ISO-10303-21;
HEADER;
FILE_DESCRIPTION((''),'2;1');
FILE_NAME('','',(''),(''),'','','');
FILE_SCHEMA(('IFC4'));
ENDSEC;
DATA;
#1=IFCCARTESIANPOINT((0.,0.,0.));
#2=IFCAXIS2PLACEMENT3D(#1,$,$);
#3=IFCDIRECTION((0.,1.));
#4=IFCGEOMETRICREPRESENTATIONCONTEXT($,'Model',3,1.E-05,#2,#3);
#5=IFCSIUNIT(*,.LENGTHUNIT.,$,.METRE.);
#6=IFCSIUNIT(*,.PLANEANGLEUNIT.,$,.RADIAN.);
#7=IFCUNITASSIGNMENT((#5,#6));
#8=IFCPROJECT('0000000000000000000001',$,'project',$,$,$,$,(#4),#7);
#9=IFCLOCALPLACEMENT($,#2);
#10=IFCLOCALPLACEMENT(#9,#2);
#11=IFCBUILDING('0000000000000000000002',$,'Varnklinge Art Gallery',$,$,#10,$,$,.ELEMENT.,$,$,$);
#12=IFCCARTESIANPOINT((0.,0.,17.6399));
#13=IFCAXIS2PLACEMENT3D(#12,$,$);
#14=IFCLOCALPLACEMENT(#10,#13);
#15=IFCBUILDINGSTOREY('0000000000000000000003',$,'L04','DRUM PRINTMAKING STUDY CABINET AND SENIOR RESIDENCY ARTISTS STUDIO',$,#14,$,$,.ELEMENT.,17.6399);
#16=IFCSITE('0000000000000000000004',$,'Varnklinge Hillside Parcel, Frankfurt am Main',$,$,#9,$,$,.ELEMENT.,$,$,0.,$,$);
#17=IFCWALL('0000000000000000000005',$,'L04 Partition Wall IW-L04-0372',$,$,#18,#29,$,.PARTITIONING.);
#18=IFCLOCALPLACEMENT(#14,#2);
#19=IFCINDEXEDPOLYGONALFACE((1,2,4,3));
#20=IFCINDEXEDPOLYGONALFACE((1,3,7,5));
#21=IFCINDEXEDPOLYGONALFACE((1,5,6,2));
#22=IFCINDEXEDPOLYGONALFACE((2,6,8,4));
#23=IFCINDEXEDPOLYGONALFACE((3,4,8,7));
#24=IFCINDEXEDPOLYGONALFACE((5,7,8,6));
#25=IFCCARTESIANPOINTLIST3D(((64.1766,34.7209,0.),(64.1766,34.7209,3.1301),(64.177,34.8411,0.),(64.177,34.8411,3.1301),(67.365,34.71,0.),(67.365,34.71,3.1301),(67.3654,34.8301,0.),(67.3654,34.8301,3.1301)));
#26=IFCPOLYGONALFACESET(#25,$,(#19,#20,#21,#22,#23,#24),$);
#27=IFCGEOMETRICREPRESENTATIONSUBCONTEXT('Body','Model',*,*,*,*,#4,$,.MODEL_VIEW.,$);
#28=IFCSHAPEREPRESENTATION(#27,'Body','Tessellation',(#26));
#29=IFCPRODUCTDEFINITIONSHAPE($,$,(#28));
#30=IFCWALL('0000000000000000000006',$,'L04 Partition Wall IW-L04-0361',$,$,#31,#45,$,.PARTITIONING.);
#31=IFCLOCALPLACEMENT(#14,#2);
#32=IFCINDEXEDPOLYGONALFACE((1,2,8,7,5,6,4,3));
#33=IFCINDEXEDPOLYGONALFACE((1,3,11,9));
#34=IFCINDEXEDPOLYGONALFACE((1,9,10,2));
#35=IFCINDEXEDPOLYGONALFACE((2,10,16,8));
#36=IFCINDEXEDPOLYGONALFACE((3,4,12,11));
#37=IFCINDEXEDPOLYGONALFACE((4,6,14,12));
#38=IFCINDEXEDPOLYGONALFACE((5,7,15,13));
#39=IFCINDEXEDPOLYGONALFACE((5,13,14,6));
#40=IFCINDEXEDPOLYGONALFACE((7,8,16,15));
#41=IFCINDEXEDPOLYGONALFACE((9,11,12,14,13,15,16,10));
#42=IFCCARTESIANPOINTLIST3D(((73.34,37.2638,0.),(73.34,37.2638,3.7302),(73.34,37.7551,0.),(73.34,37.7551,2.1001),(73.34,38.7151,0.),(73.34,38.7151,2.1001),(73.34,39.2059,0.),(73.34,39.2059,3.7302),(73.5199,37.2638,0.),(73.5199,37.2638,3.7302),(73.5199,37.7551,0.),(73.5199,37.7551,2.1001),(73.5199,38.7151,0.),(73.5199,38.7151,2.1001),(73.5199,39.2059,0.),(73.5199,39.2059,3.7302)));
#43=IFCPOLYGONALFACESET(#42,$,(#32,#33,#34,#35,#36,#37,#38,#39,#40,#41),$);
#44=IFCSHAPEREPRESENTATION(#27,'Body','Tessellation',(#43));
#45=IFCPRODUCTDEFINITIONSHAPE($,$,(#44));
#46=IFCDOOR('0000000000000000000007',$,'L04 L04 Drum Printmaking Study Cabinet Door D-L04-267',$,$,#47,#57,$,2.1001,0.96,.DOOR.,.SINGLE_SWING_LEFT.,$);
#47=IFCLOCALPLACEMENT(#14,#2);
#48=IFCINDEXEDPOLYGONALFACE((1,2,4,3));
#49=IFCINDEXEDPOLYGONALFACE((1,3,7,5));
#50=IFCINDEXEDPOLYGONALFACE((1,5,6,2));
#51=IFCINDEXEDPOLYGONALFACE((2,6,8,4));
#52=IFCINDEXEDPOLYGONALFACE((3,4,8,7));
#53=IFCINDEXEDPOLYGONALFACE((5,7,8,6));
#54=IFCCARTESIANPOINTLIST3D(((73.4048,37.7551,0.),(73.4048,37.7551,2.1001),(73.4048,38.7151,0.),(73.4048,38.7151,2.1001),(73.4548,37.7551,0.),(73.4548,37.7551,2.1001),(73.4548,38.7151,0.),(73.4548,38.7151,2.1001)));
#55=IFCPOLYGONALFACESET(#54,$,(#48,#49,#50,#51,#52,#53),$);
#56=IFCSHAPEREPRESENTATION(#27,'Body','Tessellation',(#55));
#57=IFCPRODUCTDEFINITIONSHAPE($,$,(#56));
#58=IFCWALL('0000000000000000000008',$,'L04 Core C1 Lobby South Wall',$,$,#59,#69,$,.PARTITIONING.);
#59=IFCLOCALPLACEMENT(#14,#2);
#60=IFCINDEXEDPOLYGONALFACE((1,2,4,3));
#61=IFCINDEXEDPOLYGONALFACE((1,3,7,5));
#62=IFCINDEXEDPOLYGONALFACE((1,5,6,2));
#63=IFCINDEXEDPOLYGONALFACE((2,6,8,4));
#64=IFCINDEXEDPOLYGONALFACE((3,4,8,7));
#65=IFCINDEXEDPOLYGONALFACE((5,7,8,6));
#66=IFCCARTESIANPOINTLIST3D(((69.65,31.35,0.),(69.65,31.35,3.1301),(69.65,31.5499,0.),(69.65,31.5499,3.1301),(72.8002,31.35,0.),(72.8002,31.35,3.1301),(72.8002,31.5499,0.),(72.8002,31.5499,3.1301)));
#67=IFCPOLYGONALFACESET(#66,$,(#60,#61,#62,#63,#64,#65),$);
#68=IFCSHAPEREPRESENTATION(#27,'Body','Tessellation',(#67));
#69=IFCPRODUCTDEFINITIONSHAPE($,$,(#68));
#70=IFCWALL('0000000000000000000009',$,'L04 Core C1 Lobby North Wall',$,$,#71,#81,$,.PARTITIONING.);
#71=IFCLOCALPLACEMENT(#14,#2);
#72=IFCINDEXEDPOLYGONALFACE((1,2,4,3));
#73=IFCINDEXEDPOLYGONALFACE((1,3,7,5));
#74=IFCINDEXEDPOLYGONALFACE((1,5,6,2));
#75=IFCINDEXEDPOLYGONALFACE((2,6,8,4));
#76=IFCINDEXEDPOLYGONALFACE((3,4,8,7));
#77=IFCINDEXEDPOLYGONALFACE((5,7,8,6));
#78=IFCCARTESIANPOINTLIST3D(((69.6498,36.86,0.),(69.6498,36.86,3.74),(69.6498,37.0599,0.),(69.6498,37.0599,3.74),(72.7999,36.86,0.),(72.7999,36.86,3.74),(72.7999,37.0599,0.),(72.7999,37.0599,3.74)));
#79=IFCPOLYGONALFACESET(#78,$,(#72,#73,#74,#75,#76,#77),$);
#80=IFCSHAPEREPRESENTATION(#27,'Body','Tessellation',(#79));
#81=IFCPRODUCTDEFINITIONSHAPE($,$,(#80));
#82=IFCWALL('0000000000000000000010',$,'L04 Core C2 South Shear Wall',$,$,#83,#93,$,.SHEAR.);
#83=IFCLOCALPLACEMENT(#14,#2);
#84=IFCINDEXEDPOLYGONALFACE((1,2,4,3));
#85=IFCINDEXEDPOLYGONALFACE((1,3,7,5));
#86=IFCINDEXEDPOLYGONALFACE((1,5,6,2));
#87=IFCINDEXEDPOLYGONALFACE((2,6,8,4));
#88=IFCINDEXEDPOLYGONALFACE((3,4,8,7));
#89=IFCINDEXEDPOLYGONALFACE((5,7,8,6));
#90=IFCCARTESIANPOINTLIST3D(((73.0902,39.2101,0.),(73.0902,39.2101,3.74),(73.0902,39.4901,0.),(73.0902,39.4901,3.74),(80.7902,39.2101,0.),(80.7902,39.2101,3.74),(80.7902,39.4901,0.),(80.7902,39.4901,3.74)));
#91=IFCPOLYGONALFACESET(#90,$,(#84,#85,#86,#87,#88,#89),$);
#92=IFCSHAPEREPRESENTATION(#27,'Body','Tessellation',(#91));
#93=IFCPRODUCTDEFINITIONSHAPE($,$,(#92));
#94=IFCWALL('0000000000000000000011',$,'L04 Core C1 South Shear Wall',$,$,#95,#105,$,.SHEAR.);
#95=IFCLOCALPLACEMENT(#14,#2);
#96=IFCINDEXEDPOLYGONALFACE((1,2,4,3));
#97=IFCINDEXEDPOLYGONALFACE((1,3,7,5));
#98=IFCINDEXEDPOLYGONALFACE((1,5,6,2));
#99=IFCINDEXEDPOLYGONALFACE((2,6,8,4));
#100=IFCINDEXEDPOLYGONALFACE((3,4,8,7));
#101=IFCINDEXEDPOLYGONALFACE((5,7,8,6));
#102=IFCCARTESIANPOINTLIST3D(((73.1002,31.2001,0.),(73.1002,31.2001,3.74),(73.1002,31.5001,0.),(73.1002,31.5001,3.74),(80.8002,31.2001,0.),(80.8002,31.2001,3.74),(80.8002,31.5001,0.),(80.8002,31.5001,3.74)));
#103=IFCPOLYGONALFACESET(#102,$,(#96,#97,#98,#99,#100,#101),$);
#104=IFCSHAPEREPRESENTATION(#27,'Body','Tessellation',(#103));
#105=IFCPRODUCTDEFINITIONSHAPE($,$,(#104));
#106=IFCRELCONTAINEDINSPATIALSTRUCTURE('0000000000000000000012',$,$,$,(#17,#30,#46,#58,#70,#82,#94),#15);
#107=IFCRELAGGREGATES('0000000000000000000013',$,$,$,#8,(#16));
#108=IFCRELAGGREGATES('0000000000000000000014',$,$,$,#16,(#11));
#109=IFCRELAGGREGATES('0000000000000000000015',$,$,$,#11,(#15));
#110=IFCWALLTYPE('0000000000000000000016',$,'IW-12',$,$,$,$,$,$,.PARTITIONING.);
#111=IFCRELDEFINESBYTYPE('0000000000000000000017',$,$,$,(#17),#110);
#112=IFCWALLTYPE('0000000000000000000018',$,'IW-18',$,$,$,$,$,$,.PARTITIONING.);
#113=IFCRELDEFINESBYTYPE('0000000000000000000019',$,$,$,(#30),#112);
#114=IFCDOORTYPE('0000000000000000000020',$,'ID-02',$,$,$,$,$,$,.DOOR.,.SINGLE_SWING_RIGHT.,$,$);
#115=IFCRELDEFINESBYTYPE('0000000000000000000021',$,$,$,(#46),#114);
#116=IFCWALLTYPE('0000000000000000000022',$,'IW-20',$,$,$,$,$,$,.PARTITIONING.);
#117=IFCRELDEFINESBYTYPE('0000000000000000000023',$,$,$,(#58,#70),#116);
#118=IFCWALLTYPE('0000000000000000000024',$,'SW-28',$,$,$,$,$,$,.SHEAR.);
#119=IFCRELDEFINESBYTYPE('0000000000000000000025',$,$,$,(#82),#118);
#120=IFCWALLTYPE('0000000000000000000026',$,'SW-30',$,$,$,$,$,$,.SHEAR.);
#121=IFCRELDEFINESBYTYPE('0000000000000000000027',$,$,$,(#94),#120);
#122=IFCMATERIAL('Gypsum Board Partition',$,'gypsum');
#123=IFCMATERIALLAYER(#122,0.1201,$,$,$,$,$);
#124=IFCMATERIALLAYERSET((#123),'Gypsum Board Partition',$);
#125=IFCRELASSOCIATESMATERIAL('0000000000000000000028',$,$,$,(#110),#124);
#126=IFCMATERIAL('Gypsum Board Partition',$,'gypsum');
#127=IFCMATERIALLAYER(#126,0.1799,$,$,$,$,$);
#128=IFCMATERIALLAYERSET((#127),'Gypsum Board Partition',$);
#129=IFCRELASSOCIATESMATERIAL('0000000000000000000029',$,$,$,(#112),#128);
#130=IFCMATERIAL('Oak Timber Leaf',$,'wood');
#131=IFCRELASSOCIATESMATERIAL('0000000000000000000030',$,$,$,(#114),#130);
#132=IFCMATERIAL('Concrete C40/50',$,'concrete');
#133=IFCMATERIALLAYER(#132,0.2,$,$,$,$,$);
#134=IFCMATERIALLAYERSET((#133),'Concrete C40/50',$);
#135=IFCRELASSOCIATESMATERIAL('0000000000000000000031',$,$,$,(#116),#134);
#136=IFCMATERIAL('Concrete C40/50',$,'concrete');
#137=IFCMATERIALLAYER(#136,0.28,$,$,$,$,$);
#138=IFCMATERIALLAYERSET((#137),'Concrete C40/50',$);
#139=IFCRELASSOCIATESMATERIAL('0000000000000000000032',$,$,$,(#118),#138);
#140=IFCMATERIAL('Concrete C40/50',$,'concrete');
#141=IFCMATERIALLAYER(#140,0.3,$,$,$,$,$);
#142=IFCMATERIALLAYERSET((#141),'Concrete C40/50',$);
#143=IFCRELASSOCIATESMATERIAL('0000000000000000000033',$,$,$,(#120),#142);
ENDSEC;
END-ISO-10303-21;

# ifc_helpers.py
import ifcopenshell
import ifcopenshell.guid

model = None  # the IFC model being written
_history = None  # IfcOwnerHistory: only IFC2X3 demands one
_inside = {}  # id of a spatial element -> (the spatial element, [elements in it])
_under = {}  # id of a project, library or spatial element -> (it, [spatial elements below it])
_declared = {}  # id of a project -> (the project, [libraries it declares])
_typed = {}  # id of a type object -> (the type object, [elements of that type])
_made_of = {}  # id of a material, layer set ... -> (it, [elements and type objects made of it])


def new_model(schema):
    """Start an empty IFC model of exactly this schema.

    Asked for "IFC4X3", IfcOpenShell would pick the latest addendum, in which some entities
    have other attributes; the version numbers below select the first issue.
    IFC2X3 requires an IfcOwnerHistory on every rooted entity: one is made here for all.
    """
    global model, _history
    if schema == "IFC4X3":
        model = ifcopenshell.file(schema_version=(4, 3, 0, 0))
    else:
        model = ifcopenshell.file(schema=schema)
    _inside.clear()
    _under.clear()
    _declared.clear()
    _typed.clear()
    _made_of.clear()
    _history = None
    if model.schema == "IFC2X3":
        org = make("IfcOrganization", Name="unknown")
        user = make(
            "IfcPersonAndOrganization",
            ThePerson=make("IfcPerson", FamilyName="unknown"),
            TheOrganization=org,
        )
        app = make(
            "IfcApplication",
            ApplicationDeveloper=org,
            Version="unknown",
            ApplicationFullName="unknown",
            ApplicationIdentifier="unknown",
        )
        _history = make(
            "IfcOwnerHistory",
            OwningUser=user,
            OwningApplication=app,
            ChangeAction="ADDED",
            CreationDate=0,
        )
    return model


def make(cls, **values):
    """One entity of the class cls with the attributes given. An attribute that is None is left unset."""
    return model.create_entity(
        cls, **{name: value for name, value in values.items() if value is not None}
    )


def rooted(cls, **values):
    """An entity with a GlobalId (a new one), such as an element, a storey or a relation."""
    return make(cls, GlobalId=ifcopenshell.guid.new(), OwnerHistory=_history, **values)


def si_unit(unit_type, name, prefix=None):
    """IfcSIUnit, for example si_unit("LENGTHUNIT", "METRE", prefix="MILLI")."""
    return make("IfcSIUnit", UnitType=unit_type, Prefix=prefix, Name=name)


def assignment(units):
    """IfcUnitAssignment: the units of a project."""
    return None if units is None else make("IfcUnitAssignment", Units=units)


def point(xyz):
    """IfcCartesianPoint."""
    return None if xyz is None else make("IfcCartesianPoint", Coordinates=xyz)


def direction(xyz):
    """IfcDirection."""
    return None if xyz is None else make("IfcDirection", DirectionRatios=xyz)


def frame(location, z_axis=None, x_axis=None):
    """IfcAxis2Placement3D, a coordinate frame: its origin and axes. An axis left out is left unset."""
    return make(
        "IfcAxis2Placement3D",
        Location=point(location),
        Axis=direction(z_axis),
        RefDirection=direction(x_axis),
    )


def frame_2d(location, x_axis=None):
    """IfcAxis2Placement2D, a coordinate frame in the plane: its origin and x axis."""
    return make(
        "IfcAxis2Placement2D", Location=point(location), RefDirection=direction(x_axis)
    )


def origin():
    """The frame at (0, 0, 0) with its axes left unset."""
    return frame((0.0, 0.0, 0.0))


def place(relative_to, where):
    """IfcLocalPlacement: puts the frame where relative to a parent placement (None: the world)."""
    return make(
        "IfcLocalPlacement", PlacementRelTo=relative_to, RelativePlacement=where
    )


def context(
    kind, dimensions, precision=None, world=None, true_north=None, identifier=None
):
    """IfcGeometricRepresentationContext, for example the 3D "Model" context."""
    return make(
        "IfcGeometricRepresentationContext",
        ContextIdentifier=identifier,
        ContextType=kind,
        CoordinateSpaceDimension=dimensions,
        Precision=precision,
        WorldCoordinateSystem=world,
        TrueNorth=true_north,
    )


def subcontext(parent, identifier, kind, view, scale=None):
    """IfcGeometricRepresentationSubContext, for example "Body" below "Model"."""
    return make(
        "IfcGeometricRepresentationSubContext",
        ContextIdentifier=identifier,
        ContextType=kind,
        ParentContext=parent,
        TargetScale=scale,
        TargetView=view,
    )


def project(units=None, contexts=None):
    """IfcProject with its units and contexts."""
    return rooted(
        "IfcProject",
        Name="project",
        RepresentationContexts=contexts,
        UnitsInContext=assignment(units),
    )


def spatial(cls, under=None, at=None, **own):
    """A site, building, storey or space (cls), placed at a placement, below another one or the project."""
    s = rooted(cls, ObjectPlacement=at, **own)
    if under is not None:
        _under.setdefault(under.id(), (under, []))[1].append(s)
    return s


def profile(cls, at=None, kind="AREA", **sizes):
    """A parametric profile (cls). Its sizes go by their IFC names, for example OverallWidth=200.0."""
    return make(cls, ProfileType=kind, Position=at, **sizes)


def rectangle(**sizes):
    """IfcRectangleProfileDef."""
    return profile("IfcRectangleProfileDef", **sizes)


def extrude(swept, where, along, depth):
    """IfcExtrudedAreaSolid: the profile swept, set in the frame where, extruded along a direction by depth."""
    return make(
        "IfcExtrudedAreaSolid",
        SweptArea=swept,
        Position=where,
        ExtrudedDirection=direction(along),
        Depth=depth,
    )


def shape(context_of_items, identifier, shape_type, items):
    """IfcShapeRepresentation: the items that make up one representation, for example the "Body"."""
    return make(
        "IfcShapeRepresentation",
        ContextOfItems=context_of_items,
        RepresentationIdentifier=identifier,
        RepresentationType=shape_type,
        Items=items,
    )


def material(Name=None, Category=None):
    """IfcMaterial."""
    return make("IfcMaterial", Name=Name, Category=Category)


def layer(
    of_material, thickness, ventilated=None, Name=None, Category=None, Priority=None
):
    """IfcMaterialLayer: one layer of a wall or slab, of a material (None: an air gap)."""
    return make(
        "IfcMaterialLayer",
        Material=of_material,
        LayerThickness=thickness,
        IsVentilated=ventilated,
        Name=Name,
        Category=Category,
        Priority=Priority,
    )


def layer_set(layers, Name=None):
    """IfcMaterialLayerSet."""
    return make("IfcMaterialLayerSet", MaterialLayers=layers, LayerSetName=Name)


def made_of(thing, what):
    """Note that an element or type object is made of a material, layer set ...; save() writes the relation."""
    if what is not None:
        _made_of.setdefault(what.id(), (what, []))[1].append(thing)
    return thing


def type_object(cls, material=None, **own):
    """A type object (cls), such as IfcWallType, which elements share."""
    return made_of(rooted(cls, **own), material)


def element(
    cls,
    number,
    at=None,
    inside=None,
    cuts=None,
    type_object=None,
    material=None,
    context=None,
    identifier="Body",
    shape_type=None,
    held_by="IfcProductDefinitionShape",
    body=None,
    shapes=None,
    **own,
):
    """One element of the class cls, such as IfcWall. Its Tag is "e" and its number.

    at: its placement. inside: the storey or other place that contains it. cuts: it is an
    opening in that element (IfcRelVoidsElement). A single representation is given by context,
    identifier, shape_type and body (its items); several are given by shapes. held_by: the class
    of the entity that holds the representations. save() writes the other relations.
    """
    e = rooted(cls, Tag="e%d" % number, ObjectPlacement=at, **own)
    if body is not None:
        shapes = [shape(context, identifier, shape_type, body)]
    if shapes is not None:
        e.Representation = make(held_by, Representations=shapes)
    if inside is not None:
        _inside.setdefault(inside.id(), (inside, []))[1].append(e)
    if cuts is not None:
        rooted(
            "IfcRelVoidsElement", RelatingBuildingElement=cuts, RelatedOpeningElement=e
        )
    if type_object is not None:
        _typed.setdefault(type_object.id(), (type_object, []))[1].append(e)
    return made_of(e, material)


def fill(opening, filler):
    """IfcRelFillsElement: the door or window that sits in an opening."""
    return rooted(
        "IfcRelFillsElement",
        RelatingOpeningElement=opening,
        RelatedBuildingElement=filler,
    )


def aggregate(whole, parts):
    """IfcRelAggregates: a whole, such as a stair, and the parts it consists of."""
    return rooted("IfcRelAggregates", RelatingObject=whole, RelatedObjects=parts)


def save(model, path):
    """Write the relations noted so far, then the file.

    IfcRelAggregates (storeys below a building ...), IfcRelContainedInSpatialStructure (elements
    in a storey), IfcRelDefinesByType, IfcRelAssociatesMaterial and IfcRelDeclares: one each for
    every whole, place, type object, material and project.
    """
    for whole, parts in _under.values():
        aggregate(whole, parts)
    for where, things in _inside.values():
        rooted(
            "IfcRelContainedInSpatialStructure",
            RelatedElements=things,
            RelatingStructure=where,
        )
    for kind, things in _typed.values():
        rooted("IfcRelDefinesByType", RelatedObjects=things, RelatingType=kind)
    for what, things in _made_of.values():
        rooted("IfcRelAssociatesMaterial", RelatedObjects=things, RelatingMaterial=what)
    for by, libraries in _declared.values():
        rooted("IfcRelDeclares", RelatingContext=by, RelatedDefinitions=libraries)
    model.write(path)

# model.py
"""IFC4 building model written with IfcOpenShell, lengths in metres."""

from ifc_helpers import new_model, si_unit, direction, frame, frame_2d, origin, place, context, subcontext, project, spatial, rectangle, extrude, material, layer, layer_set, type_object, element, fill, save


model = new_model("IFC4")

# Units and contexts
model_context = context("Model", 3, precision=1e-05, world=origin(), true_north=direction((0.0, 1.0)))
body_context = subcontext(model_context, "Body", "Model", "MODEL_VIEW")
ifc_project = project(units=[si_unit("LENGTHUNIT", "METRE"), si_unit("PLANEANGLEUNIT", "RADIAN")], contexts=[model_context])

# Site, building, storey
site_placement = place(None, origin())
site = spatial("IfcSite", under=ifc_project, at=site_placement, Name="Varnklinge Hillside Parcel, Frankfurt am Main", CompositionType="ELEMENT", RefElevation=0.0)
building_placement = place(site_placement, origin())
building = spatial("IfcBuilding", under=site, at=building_placement, Name="Varnklinge Art Gallery", CompositionType="ELEMENT")
storey_placement = place(building_placement, frame((0.0, 0.0, 17.6399)))
storey = spatial("IfcBuildingStorey", under=building, at=storey_placement, Name="L04", Description="DRUM PRINTMAKING STUDY CABINET AND SENIOR RESIDENCY ARTISTS STUDIO", CompositionType="ELEMENT", Elevation=17.6399)

# Shared definitions
ifc_material_1 = material(Name="Gypsum Board Partition", Category="gypsum")
ifc_layer_1 = layer(ifc_material_1, 0.1201)
ifc_layer_set_1 = layer_set([ifc_layer_1], Name="Gypsum Board Partition")
wall_type_1 = type_object("IfcWallType", Name="IW-12", PredefinedType="PARTITIONING", material=ifc_layer_set_1)

# Wall
wall_1_placement = place(storey_placement, frame((67.3652, 34.77, 0.0), z_axis=(0.0, 0.0, 1.0), x_axis=(-0.999994, 0.003446, 0.0)))
element("IfcWall", 1, at=wall_1_placement, inside=storey, type_object=wall_type_1, Name="L04 Partition Wall IW-L04-0372", PredefinedType="PARTITIONING", context=body_context, shape_type="SweptSolid", body=[
    extrude(rectangle(XDim=3.1885, YDim=0.1201, at=frame_2d((1.5942, 0.0))), origin(), (0.0, 0.0, 1.0), 3.1301),
])

# Wall, opening, door
ifc_material_2 = material(Name="Gypsum Board Partition", Category="gypsum")
ifc_layer_2 = layer(ifc_material_2, 0.1799)
ifc_layer_set_2 = layer_set([ifc_layer_2], Name="Gypsum Board Partition")
wall_type_2 = type_object("IfcWallType", Name="IW-18", PredefinedType="PARTITIONING", material=ifc_layer_set_2)
wall_2_placement = place(storey_placement, frame((73.4299, 39.2061, 0.0), z_axis=(0.0, 0.0, 1.0), x_axis=(0.0, -1.0, 0.0)))
wall_2 = element("IfcWall", 2, at=wall_2_placement, inside=storey, type_object=wall_type_2, Name="L04 Partition Wall IW-L04-0361", PredefinedType="PARTITIONING", context=body_context, shape_type="SweptSolid", body=[
    extrude(rectangle(XDim=1.9421, YDim=0.1799, at=frame_2d((0.9712, 0.0))), origin(), (0.0, 0.0, 1.0), 3.7302),
])
opening_1_placement = place(wall_2_placement, frame((0.491, 0.0, 0.0)))
opening_1 = element("IfcOpeningElement", 3, at=opening_1_placement, cuts=wall_2, PredefinedType="OPENING", context=body_context, shape_type="SweptSolid", body=[
    extrude(rectangle(XDim=0.96, YDim=2.1001, at=frame_2d((0.48, 1.05))), frame((0.0, 0.0999, 0.0), z_axis=(0.0, -1.0, 0.0), x_axis=(1.0, 0.0, 0.0)), (0.0, 0.0, 1.0), 0.2),
])
ifc_material_3 = material(Name="Oak Timber Leaf", Category="wood")
door_type_1 = type_object("IfcDoorType", Name="ID-02", OperationType="SINGLE_SWING_RIGHT", PredefinedType="DOOR", material=ifc_material_3)
door_1_placement = place(opening_1_placement, origin())
door_1 = element("IfcDoor", 4, at=door_1_placement, inside=storey, type_object=door_type_1, Name="L04 L04 Drum Printmaking Study Cabinet Door D-L04-267", OperationType="SINGLE_SWING_LEFT", OverallHeight=2.1001, OverallWidth=0.96, PredefinedType="DOOR", context=body_context, shape_type="SweptSolid", body=[
    extrude(rectangle(XDim=0.96, YDim=2.1001, at=frame_2d((0.48, 1.05))), frame((0.0, 0.0249, 0.0), z_axis=(0.0, -1.0, 0.0), x_axis=(1.0, 0.0, 0.0)), (0.0, 0.0, 1.0), 0.05),
])
fill(opening_1, door_1)

# Walls
ifc_material_4 = material(Name="Concrete C40/50", Category="concrete")
ifc_layer_3 = layer(ifc_material_4, 0.2)
ifc_layer_set_3 = layer_set([ifc_layer_3], Name="Concrete C40/50")
wall_type_3 = type_object("IfcWallType", Name="IW-20", PredefinedType="PARTITIONING", material=ifc_layer_set_3)
wall_3_placement = place(storey_placement, frame((69.6499, 31.45, 0.0), z_axis=(0.0, 0.0, 1.0), x_axis=(1.0, 0.0, 0.0)))
element("IfcWall", 5, at=wall_3_placement, inside=storey, type_object=wall_type_3, Name="L04 Core C1 Lobby South Wall", PredefinedType="PARTITIONING", context=body_context, shape_type="SweptSolid", body=[
    extrude(rectangle(XDim=3.1501, YDim=0.2, at=frame_2d((1.5752, 0.0))), origin(), (0.0, 0.0, 1.0), 3.1301),
])
wall_4_placement = place(storey_placement, frame((72.8, 36.96, 0.0), z_axis=(0.0, 0.0, 1.0), x_axis=(-1.0, 0.0, 0.0)))
element("IfcWall", 6, at=wall_4_placement, inside=storey, type_object=wall_type_3, Name="L04 Core C1 Lobby North Wall", PredefinedType="PARTITIONING", context=body_context, shape_type="SweptSolid", body=[
    extrude(rectangle(XDim=3.1501, YDim=0.2, at=frame_2d((1.5752, 0.0))), origin(), (0.0, 0.0, 1.0), 3.74),
])

# Walls
ifc_material_5 = material(Name="Concrete C40/50", Category="concrete")
ifc_layer_4 = layer(ifc_material_5, 0.28)
ifc_layer_set_4 = layer_set([ifc_layer_4], Name="Concrete C40/50")
wall_type_4 = type_object("IfcWallType", Name="SW-28", PredefinedType="SHEAR", material=ifc_layer_set_4)
wall_5_placement = place(storey_placement, frame((73.0901, 39.3501, 0.0), z_axis=(0.0, 0.0, 1.0), x_axis=(1.0, 0.0, 0.0)))
element("IfcWall", 7, at=wall_5_placement, inside=storey, type_object=wall_type_4, Name="L04 Core C2 South Shear Wall", PredefinedType="SHEAR", context=body_context, shape_type="SweptSolid", body=[
    extrude(rectangle(XDim=7.7, YDim=0.28, at=frame_2d((3.8501, 0.0))), origin(), (0.0, 0.0, 1.0), 3.74),
])
ifc_material_6 = material(Name="Concrete C40/50", Category="concrete")
ifc_layer_5 = layer(ifc_material_6, 0.3)
ifc_layer_set_5 = layer_set([ifc_layer_5], Name="Concrete C40/50")
wall_type_5 = type_object("IfcWallType", Name="SW-30", PredefinedType="SHEAR", material=ifc_layer_set_5)
wall_6_placement = place(storey_placement, frame((73.1001, 31.3501, 0.0), z_axis=(0.0, 0.0, 1.0), x_axis=(1.0, 0.0, 0.0)))
element("IfcWall", 8, at=wall_6_placement, inside=storey, type_object=wall_type_5, Name="L04 Core C1 South Shear Wall", PredefinedType="SHEAR", context=body_context, shape_type="SweptSolid", body=[
    extrude(rectangle(XDim=7.7, YDim=0.3, at=frame_2d((3.8501, 0.0))), origin(), (0.0, 0.0, 1.0), 3.74),
])

save(model, "model.ifc")
